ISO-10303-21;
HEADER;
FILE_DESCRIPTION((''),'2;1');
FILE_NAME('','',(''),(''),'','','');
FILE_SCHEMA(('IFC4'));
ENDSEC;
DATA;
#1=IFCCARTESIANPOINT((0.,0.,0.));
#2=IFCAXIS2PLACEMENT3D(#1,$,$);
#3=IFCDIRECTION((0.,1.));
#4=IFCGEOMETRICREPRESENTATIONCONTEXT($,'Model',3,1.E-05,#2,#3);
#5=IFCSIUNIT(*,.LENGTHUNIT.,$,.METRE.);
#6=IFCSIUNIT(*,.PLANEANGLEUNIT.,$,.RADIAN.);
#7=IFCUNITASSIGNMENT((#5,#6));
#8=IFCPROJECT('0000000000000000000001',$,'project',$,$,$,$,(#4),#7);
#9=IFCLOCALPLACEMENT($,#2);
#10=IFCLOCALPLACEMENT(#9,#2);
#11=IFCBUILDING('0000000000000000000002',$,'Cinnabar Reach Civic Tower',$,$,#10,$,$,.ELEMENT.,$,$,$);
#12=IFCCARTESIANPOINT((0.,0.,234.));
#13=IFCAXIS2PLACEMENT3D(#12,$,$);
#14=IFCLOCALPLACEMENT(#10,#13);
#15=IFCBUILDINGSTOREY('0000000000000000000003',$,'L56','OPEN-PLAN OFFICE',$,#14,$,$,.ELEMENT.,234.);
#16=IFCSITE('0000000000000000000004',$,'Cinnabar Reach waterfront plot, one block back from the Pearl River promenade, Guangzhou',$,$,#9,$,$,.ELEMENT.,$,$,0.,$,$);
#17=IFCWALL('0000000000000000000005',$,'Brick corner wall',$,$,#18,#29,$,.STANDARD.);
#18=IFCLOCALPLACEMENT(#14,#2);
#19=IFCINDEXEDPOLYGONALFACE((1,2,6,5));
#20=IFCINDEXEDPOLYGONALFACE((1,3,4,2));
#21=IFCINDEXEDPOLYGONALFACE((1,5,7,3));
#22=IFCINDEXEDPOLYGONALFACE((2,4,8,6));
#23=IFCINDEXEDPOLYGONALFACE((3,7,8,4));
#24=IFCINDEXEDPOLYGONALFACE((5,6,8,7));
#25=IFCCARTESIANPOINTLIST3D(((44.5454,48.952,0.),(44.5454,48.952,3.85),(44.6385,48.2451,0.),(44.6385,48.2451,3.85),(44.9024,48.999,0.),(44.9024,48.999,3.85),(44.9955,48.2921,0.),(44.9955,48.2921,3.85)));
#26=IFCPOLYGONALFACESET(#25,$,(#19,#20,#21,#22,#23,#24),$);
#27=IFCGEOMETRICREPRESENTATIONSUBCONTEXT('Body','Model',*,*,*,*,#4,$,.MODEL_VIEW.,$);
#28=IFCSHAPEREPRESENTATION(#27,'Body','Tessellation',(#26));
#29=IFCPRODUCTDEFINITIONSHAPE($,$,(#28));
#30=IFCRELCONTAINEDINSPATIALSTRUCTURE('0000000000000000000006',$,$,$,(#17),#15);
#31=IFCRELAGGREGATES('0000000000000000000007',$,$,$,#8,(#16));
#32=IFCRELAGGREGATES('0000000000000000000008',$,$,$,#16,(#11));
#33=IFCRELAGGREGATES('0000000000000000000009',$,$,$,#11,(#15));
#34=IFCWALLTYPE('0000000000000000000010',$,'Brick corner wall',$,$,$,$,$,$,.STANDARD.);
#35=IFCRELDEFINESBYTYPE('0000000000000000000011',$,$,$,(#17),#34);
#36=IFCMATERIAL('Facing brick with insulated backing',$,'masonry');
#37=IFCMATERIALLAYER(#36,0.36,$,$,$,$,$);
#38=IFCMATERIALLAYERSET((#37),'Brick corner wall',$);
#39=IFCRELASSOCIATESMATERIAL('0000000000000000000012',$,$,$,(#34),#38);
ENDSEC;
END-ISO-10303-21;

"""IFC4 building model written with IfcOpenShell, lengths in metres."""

from ifc_helpers import new_model, si_unit, direction, frame, frame_2d, origin, place, context, subcontext, project, spatial, rectangle, extrude, material, layer, layer_set, type_object, element, save


model = new_model("IFC4")

# Units and contexts
model_context = context("Model", 3, precision=1e-05, world=origin(), true_north=direction((0.0, 1.0)))
body_context = subcontext(model_context, "Body", "Model", "MODEL_VIEW")
ifc_project = project(units=[si_unit("LENGTHUNIT", "METRE"), si_unit("PLANEANGLEUNIT", "RADIAN")], contexts=[model_context])

# Site, building, storey
site_placement = place(None, origin())
site = spatial("IfcSite", under=ifc_project, at=site_placement, Name="Cinnabar Reach waterfront plot, one block back from the Pearl River promenade, Guangzhou", CompositionType="ELEMENT", RefElevation=0.0)
building_placement = place(site_placement, origin())
building = spatial("IfcBuilding", under=site, at=building_placement, Name="Cinnabar Reach Civic Tower", CompositionType="ELEMENT")
storey_placement = place(building_placement, frame((0.0, 0.0, 234.0)))
storey = spatial("IfcBuildingStorey", under=building, at=storey_placement, Name="L56", Description="OPEN-PLAN OFFICE", CompositionType="ELEMENT", Elevation=234.0)

# Wall
ifc_material_1 = material(Name="Facing brick with insulated backing", Category="masonry")
ifc_layer = layer(ifc_material_1, 0.36)
ifc_layer_set = layer_set([ifc_layer], Name="Brick corner wall")
wall_type = type_object("IfcWallType", Name="Brick corner wall", PredefinedType="STANDARD", material=ifc_layer_set)
wall_placement = place(storey_placement, frame((44.817, 48.2686, 0.0), z_axis=(0.0, 0.0, 1.0), x_axis=(-0.130556, 0.991441, 0.0)))
element("IfcWall", 1, at=wall_placement, inside=storey, type_object=wall_type, Name="Brick corner wall", PredefinedType="STANDARD", context=body_context, shape_type="SweptSolid", body=[
    extrude(rectangle(XDim=0.7131, YDim=0.36, at=frame_2d((0.3565, 0.0))), origin(), (0.0, 0.0, 1.0), 3.85),
])

save(model, "model.ifc")
